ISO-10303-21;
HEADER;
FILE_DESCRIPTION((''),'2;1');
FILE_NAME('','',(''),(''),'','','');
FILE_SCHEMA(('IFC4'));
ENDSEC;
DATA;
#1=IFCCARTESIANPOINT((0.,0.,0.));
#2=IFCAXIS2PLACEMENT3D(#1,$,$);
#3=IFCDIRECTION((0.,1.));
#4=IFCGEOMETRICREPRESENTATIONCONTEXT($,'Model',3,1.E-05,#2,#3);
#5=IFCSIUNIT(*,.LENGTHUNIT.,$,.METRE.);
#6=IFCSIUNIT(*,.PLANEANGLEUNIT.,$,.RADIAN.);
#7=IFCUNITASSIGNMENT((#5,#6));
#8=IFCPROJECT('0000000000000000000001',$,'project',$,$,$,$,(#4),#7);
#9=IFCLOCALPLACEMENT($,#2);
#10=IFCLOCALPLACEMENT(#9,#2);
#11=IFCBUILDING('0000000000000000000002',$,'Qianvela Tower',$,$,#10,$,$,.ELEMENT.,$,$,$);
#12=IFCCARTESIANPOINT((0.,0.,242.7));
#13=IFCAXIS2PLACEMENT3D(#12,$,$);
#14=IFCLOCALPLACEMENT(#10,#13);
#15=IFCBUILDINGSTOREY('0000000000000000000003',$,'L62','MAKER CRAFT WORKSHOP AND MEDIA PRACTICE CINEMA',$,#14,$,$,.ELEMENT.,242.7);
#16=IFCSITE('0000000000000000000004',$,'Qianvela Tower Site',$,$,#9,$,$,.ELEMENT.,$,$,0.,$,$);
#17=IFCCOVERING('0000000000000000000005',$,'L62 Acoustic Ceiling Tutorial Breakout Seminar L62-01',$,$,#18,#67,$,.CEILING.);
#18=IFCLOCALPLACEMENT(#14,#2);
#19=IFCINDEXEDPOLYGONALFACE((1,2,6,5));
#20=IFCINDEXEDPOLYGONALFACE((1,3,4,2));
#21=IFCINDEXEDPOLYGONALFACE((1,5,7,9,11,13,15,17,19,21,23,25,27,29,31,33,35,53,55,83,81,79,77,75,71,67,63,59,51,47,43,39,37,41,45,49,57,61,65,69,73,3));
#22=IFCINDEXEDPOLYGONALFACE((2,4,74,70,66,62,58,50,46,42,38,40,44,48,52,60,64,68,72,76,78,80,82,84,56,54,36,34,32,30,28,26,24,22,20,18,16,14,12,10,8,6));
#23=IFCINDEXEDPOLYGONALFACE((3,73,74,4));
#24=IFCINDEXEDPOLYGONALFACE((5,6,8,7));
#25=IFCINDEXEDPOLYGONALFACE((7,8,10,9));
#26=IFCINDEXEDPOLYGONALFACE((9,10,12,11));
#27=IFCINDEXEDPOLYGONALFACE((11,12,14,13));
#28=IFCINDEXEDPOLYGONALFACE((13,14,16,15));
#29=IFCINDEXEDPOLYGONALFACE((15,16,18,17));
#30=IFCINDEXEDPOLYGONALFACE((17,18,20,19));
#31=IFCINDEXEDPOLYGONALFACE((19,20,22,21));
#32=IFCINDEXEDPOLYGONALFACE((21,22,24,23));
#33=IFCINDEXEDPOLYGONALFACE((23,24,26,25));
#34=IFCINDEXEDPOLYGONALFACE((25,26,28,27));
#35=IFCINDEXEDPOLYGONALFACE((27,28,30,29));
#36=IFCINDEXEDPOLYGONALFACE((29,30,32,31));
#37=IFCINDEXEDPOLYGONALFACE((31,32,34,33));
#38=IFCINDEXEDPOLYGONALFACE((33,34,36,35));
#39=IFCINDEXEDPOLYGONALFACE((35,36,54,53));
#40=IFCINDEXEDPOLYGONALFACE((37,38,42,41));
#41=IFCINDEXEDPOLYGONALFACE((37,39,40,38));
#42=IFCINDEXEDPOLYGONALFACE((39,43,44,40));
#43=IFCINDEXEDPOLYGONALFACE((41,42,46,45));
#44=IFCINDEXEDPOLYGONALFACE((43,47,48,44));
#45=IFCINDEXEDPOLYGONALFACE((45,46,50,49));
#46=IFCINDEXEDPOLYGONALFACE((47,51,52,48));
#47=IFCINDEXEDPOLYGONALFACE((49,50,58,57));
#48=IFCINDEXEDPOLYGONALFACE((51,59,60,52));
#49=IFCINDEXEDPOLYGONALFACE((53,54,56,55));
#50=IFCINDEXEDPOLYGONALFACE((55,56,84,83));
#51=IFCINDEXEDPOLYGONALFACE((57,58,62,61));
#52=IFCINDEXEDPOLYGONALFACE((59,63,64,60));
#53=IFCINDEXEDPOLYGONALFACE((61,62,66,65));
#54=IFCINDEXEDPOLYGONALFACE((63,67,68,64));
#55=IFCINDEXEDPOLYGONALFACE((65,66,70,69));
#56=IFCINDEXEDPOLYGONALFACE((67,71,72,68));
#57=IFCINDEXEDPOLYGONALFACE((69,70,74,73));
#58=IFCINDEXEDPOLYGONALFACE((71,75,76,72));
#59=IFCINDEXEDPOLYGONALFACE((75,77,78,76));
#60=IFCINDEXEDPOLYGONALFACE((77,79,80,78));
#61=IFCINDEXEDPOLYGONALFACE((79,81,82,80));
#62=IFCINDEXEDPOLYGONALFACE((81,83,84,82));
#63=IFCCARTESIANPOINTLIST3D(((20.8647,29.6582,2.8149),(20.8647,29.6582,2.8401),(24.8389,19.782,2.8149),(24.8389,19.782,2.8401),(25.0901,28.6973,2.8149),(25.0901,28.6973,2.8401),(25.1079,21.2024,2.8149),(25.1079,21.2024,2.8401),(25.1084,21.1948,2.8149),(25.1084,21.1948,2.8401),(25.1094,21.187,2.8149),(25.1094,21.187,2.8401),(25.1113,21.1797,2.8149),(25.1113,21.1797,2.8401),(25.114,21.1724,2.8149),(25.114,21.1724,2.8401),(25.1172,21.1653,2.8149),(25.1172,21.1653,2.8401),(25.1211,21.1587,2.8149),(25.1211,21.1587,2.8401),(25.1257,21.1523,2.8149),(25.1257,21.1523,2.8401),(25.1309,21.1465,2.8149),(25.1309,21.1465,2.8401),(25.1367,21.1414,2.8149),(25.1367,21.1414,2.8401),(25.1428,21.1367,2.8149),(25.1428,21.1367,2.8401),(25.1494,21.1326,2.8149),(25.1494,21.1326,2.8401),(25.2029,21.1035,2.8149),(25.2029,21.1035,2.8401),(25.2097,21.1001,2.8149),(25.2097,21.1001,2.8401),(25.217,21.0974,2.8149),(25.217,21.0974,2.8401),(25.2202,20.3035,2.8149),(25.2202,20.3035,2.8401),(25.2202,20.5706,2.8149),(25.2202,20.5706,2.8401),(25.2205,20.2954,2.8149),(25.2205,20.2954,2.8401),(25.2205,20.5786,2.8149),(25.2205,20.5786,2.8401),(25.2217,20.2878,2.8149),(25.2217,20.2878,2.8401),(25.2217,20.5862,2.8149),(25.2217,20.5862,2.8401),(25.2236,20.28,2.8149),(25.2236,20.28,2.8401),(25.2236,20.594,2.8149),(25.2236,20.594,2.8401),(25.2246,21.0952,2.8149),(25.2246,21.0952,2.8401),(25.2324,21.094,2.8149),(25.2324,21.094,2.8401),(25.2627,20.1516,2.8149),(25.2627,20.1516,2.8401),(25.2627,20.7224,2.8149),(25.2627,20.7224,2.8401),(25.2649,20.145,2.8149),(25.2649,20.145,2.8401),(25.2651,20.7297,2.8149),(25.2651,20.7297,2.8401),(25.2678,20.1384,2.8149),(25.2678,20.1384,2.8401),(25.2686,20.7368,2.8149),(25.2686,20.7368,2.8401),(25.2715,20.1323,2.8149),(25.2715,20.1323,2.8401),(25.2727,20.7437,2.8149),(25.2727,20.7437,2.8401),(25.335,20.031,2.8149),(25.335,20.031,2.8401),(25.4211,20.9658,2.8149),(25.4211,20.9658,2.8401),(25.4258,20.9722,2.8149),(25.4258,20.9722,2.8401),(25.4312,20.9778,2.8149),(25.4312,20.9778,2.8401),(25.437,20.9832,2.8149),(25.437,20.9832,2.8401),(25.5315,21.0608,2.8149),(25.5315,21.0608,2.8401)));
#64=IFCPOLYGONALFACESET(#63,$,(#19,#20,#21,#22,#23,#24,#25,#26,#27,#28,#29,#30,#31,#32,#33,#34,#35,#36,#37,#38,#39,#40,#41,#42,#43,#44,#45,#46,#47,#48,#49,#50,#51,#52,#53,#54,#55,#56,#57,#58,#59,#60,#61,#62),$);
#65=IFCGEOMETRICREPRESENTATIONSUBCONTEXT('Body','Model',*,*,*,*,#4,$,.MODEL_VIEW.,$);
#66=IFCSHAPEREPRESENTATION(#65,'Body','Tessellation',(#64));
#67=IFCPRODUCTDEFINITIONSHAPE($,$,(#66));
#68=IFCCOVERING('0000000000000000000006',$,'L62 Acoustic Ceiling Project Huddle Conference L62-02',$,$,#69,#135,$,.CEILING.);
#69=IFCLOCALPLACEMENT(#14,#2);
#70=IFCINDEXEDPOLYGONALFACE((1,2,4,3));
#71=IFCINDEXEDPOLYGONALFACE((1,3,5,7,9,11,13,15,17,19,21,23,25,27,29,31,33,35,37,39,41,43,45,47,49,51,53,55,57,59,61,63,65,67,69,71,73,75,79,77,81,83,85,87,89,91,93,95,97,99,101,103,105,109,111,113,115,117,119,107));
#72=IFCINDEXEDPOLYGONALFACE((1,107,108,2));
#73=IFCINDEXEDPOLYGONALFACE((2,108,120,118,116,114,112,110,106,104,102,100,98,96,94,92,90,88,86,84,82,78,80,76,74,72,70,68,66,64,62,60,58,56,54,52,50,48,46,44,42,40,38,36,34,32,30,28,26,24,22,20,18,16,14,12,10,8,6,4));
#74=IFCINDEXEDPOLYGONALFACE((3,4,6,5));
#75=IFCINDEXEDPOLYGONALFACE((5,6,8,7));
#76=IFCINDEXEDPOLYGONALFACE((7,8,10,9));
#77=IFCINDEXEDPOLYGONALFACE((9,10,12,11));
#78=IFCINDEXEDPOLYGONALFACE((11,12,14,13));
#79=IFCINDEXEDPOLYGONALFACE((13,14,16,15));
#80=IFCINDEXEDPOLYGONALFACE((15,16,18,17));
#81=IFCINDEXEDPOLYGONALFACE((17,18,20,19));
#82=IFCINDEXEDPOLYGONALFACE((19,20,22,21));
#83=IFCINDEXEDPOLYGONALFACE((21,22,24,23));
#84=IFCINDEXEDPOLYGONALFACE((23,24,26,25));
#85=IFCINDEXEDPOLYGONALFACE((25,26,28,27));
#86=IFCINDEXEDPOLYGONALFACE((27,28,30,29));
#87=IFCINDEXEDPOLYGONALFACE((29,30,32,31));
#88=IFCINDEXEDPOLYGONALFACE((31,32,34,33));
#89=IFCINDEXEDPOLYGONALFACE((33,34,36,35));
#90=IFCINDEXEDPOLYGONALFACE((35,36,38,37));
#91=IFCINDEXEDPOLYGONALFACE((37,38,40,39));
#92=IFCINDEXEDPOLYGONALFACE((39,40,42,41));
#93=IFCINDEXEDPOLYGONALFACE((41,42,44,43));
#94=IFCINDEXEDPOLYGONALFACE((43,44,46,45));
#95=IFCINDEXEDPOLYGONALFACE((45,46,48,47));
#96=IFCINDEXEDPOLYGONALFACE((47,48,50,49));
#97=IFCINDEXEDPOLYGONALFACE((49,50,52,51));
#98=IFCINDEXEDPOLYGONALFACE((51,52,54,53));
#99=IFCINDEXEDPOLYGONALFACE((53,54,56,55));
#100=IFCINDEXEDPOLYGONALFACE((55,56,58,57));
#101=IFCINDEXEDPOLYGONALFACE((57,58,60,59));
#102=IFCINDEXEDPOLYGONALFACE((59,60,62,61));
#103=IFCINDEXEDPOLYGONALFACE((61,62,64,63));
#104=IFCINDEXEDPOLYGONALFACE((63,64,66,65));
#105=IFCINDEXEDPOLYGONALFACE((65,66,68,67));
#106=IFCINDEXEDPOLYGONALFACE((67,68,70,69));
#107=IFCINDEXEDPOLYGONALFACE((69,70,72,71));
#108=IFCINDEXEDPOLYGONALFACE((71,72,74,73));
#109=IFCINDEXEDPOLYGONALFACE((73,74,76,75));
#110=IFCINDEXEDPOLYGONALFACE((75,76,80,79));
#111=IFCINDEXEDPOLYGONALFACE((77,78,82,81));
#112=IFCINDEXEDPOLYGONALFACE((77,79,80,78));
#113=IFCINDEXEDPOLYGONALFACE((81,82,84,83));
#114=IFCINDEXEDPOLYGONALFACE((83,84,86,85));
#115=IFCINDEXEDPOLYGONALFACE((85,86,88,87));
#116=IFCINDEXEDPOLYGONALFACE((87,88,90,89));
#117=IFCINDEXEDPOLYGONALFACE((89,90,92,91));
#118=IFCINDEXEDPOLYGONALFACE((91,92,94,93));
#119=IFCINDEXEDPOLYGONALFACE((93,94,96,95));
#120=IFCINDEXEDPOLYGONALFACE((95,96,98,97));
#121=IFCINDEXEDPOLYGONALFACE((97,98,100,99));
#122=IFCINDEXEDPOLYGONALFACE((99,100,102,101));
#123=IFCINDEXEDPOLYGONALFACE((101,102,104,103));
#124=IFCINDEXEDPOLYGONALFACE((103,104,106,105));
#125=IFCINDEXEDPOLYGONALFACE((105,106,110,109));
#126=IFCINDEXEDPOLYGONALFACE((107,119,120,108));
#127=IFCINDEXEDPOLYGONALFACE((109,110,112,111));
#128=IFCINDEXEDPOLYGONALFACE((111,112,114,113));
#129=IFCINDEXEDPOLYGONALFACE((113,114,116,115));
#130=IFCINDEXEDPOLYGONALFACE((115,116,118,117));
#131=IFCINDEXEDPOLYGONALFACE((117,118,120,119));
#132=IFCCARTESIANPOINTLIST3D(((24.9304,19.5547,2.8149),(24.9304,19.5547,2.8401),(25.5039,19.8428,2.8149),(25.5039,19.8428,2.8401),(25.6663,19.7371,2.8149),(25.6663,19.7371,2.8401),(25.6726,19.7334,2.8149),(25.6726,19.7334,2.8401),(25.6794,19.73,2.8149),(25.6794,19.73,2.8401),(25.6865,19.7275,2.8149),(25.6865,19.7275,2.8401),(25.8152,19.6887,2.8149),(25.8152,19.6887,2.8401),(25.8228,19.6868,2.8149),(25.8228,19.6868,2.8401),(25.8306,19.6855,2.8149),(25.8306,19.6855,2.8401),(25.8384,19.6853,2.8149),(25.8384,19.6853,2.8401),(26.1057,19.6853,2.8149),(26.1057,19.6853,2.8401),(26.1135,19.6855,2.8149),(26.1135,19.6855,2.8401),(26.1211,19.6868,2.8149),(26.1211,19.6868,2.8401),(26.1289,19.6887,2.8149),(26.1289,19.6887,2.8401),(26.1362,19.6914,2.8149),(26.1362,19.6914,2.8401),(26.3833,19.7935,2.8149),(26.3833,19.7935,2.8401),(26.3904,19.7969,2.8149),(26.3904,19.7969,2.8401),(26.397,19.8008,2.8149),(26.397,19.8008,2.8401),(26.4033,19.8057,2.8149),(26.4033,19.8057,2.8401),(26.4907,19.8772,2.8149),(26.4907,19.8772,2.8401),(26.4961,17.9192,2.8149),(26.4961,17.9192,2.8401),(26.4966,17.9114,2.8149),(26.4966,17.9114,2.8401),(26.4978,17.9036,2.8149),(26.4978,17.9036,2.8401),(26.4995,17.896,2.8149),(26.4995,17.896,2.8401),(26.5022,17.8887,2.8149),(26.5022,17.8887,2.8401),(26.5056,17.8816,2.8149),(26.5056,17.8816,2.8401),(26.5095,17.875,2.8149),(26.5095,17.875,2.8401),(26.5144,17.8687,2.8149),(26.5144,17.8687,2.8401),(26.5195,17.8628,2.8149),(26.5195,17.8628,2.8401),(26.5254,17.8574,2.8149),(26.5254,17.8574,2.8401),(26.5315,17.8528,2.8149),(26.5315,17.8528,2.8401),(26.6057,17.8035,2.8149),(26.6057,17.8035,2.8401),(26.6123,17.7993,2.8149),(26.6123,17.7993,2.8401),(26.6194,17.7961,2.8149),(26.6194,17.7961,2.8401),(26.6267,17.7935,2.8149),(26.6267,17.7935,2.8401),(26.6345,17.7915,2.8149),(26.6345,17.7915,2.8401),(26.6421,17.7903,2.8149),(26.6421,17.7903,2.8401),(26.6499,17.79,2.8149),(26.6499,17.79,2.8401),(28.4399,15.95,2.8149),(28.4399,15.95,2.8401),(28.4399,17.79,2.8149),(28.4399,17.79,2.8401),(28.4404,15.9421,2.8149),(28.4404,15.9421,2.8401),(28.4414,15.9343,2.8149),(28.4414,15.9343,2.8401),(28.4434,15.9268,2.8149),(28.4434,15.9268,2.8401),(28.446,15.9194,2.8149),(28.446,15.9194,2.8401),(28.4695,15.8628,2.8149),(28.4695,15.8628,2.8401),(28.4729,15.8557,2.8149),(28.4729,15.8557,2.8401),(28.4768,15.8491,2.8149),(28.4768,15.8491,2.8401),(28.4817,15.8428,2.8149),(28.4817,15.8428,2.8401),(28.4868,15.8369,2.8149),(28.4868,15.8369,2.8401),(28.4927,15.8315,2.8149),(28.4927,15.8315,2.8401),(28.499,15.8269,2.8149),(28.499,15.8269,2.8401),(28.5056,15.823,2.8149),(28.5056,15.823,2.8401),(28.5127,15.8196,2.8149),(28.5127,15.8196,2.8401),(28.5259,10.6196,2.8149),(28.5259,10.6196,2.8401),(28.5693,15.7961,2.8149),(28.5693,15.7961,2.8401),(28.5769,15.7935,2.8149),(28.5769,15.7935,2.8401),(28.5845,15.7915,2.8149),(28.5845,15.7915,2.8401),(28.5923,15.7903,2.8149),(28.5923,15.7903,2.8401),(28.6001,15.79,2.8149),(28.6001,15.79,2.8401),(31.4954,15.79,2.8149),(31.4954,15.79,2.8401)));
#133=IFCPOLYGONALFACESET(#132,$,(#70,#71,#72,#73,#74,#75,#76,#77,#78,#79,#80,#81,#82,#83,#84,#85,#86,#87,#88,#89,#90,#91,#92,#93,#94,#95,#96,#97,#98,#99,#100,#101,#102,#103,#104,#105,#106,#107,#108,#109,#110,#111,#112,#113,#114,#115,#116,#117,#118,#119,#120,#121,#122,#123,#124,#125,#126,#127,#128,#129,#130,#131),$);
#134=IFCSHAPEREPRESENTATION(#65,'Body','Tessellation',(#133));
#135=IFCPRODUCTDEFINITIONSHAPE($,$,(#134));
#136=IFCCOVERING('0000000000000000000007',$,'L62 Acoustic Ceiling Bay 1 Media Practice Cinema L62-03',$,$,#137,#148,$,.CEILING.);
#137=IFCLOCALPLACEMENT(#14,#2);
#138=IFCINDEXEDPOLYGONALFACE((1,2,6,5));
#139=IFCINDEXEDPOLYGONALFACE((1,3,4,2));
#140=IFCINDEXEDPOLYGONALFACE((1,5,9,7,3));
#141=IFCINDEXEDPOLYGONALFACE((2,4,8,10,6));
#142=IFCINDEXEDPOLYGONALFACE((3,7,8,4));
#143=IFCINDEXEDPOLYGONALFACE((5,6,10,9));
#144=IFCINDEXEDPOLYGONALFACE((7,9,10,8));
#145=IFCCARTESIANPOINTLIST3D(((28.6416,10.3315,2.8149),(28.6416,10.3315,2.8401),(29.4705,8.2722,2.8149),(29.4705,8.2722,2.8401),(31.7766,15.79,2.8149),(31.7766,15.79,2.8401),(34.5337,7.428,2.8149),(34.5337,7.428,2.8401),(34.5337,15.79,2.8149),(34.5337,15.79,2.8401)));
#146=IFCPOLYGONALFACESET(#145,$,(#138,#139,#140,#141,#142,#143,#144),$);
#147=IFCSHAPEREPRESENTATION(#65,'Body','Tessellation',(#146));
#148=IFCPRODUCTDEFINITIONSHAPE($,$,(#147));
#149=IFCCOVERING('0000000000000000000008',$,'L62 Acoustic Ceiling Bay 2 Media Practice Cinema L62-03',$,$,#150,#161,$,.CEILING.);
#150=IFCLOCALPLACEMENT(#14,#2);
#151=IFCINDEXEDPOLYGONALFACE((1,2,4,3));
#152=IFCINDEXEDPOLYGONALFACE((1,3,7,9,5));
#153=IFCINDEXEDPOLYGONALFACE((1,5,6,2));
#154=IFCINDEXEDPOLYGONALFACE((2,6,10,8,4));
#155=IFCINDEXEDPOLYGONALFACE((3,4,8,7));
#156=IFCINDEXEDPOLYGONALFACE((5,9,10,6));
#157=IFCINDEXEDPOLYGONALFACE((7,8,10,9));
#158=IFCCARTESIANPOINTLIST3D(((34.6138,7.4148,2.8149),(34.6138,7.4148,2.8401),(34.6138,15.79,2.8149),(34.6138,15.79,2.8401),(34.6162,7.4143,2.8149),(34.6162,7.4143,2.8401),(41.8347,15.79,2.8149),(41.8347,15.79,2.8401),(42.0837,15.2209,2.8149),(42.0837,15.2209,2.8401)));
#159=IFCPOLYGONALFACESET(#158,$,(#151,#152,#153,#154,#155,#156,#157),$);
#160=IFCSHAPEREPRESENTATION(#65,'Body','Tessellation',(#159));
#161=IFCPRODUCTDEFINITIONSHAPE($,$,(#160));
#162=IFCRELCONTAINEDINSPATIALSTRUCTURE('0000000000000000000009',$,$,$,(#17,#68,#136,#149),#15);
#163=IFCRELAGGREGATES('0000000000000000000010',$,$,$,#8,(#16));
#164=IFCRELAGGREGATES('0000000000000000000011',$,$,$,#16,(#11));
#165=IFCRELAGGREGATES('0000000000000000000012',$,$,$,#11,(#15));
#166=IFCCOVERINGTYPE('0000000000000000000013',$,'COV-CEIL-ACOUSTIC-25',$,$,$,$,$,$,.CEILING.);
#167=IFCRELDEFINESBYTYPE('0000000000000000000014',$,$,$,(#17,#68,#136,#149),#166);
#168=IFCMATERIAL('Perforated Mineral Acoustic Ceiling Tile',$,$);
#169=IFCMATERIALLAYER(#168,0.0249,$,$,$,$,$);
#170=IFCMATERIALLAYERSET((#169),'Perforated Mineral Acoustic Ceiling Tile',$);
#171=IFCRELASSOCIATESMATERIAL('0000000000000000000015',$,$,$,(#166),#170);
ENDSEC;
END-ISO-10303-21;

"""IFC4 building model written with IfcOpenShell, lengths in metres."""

from ifc_helpers import new_model, si_unit, direction, frame, origin, place, context, subcontext, project, spatial, polyline, outline, extrude, material, layer, layer_set, type_object, element, save


model = new_model("IFC4")

# Units and contexts
model_context = context("Model", 3, precision=1e-05, world=origin(), true_north=direction((0.0, 1.0)))
body_context = subcontext(model_context, "Body", "Model", "MODEL_VIEW")
ifc_project = project(units=[si_unit("LENGTHUNIT", "METRE"), si_unit("PLANEANGLEUNIT", "RADIAN")], contexts=[model_context])

# Site, building, storey
site_placement = place(None, origin())
site = spatial("IfcSite", under=ifc_project, at=site_placement, Name="Qianvela Tower Site", CompositionType="ELEMENT", RefElevation=0.0)
building_placement = place(site_placement, origin())
building = spatial("IfcBuilding", under=site, at=building_placement, Name="Qianvela Tower", CompositionType="ELEMENT")
storey_placement = place(building_placement, frame((0.0, 0.0, 242.7)))
storey = spatial("IfcBuildingStorey", under=building, at=storey_placement, Name="L62", Description="MAKER CRAFT WORKSHOP AND MEDIA PRACTICE CINEMA", CompositionType="ELEMENT", Elevation=242.7)

# Coverings
ifc_material_1 = material(Name="Perforated Mineral Acoustic Ceiling Tile")
ifc_layer_1 = layer(ifc_material_1, 0.0249)
ifc_layer_set_1 = layer_set([ifc_layer_1], Name="Perforated Mineral Acoustic Ceiling Tile")
covering_type_1 = type_object("IfcCoveringType", Name="COV-CEIL-ACOUSTIC-25", PredefinedType="CEILING", material=ifc_layer_set_1)
covering_1_placement = place(storey_placement, frame((0.0, 0.0, 2.8149)))
element("IfcCovering", 1, at=covering_1_placement, inside=storey, type_object=covering_type_1, Name="L62 Acoustic Ceiling Tutorial Breakout Seminar L62-01", PredefinedType="CEILING", context=body_context, shape_type="SweptSolid", body=[
    extrude(outline(polyline([(25.2029, 21.1035), (25.2097, 21.1001), (25.217, 21.0974), (25.2246, 21.0952), (25.2324, 21.094), (25.5315, 21.0608), (25.437, 20.9832), (25.4312, 20.9778), (25.4258, 20.9722), (25.4211, 20.9658), (25.2727, 20.7437), (25.2686, 20.7368), (25.2651, 20.7297), (25.2627, 20.7224), (25.2236, 20.594), (25.2217, 20.5862), (25.2205, 20.5786), (25.2202, 20.5706), (25.2202, 20.3035), (25.2205, 20.2954), (25.2217, 20.2878), (25.2236, 20.28), (25.2627, 20.1516), (25.2649, 20.145), (25.2678, 20.1384), (25.2715, 20.1323), (25.335, 20.031), (24.8389, 19.782), (20.8647, 29.6582), (25.0901, 28.6973), (25.1079, 21.2024), (25.1084, 21.1948), (25.1094, 21.187), (25.1113, 21.1797), (25.114, 21.1724), (25.1172, 21.1653), (25.1211, 21.1587), (25.1257, 21.1523), (25.1309, 21.1465), (25.1367, 21.1414), (25.1428, 21.1367), (25.1494, 21.1326), (25.2029, 21.1035)])), origin(), (0.0, 0.0, 1.0), 0.0251),
])
covering_2_placement = place(storey_placement, frame((0.0, 0.0, 2.8149)))
element("IfcCovering", 2, at=covering_2_placement, inside=storey, type_object=covering_type_1, Name="L62 Acoustic Ceiling Project Huddle Conference L62-02", PredefinedType="CEILING", context=body_context, shape_type="SweptSolid", body=[
    extrude(outline(polyline([(26.4907, 19.8772), (26.4961, 17.9192), (26.4966, 17.9114), (26.4978, 17.9036), (26.4995, 17.896), (26.5022, 17.8887), (26.5056, 17.8816), (26.5095, 17.875), (26.5144, 17.8687), (26.5195, 17.8628), (26.5254, 17.8574), (26.5315, 17.8528), (26.6057, 17.8035), (26.6123, 17.7993), (26.6194, 17.7961), (26.6267, 17.7935), (26.6345, 17.7915), (26.6421, 17.7903), (26.6499, 17.79), (28.4399, 17.79), (28.4399, 15.95), (28.4404, 15.9421), (28.4414, 15.9343), (28.4434, 15.9268), (28.446, 15.9194), (28.4695, 15.8628), (28.4729, 15.8557), (28.4768, 15.8491), (28.4817, 15.8428), (28.4868, 15.8369), (28.4927, 15.8315), (28.499, 15.8269), (28.5056, 15.823), (28.5127, 15.8196), (28.5693, 15.7961), (28.5769, 15.7935), (28.5845, 15.7915), (28.5923, 15.7903), (28.6001, 15.79), (31.4954, 15.79), (28.5259, 10.6196), (24.9304, 19.5547), (25.5039, 19.8428), (25.6663, 19.7371), (25.6726, 19.7334), (25.6794, 19.73), (25.6865, 19.7275), (25.8152, 19.6887), (25.8228, 19.6868), (25.8306, 19.6855), (25.8384, 19.6853), (26.1057, 19.6853), (26.1135, 19.6855), (26.1211, 19.6868), (26.1289, 19.6887), (26.1362, 19.6914), (26.3833, 19.7935), (26.3904, 19.7969), (26.397, 19.8008), (26.4033, 19.8057), (26.4907, 19.8772)])), origin(), (0.0, 0.0, 1.0), 0.0251),
])
covering_3_placement = place(storey_placement, frame((0.0, 0.0, 2.8149)))
element("IfcCovering", 3, at=covering_3_placement, inside=storey, type_object=covering_type_1, Name="L62 Acoustic Ceiling Bay 1 Media Practice Cinema L62-03", PredefinedType="CEILING", context=body_context, shape_type="SweptSolid", body=[
    extrude(outline(polyline([(29.4705, 8.2722), (28.6416, 10.3315), (31.7766, 15.79), (34.5337, 15.79), (34.5337, 7.428), (29.4705, 8.2722)])), origin(), (0.0, 0.0, 1.0), 0.0251),
])
covering_4_placement = place(storey_placement, frame((0.0, 0.0, 2.8149)))
element("IfcCovering", 4, at=covering_4_placement, inside=storey, type_object=covering_type_1, Name="L62 Acoustic Ceiling Bay 2 Media Practice Cinema L62-03", PredefinedType="CEILING", context=body_context, shape_type="SweptSolid", body=[
    extrude(outline(polyline([(34.6162, 7.4143), (34.6138, 7.4148), (34.6138, 15.79), (41.8347, 15.79), (42.0837, 15.2209), (34.6162, 7.4143)])), origin(), (0.0, 0.0, 1.0), 0.0251),
])

save(model, "model.ifc")
